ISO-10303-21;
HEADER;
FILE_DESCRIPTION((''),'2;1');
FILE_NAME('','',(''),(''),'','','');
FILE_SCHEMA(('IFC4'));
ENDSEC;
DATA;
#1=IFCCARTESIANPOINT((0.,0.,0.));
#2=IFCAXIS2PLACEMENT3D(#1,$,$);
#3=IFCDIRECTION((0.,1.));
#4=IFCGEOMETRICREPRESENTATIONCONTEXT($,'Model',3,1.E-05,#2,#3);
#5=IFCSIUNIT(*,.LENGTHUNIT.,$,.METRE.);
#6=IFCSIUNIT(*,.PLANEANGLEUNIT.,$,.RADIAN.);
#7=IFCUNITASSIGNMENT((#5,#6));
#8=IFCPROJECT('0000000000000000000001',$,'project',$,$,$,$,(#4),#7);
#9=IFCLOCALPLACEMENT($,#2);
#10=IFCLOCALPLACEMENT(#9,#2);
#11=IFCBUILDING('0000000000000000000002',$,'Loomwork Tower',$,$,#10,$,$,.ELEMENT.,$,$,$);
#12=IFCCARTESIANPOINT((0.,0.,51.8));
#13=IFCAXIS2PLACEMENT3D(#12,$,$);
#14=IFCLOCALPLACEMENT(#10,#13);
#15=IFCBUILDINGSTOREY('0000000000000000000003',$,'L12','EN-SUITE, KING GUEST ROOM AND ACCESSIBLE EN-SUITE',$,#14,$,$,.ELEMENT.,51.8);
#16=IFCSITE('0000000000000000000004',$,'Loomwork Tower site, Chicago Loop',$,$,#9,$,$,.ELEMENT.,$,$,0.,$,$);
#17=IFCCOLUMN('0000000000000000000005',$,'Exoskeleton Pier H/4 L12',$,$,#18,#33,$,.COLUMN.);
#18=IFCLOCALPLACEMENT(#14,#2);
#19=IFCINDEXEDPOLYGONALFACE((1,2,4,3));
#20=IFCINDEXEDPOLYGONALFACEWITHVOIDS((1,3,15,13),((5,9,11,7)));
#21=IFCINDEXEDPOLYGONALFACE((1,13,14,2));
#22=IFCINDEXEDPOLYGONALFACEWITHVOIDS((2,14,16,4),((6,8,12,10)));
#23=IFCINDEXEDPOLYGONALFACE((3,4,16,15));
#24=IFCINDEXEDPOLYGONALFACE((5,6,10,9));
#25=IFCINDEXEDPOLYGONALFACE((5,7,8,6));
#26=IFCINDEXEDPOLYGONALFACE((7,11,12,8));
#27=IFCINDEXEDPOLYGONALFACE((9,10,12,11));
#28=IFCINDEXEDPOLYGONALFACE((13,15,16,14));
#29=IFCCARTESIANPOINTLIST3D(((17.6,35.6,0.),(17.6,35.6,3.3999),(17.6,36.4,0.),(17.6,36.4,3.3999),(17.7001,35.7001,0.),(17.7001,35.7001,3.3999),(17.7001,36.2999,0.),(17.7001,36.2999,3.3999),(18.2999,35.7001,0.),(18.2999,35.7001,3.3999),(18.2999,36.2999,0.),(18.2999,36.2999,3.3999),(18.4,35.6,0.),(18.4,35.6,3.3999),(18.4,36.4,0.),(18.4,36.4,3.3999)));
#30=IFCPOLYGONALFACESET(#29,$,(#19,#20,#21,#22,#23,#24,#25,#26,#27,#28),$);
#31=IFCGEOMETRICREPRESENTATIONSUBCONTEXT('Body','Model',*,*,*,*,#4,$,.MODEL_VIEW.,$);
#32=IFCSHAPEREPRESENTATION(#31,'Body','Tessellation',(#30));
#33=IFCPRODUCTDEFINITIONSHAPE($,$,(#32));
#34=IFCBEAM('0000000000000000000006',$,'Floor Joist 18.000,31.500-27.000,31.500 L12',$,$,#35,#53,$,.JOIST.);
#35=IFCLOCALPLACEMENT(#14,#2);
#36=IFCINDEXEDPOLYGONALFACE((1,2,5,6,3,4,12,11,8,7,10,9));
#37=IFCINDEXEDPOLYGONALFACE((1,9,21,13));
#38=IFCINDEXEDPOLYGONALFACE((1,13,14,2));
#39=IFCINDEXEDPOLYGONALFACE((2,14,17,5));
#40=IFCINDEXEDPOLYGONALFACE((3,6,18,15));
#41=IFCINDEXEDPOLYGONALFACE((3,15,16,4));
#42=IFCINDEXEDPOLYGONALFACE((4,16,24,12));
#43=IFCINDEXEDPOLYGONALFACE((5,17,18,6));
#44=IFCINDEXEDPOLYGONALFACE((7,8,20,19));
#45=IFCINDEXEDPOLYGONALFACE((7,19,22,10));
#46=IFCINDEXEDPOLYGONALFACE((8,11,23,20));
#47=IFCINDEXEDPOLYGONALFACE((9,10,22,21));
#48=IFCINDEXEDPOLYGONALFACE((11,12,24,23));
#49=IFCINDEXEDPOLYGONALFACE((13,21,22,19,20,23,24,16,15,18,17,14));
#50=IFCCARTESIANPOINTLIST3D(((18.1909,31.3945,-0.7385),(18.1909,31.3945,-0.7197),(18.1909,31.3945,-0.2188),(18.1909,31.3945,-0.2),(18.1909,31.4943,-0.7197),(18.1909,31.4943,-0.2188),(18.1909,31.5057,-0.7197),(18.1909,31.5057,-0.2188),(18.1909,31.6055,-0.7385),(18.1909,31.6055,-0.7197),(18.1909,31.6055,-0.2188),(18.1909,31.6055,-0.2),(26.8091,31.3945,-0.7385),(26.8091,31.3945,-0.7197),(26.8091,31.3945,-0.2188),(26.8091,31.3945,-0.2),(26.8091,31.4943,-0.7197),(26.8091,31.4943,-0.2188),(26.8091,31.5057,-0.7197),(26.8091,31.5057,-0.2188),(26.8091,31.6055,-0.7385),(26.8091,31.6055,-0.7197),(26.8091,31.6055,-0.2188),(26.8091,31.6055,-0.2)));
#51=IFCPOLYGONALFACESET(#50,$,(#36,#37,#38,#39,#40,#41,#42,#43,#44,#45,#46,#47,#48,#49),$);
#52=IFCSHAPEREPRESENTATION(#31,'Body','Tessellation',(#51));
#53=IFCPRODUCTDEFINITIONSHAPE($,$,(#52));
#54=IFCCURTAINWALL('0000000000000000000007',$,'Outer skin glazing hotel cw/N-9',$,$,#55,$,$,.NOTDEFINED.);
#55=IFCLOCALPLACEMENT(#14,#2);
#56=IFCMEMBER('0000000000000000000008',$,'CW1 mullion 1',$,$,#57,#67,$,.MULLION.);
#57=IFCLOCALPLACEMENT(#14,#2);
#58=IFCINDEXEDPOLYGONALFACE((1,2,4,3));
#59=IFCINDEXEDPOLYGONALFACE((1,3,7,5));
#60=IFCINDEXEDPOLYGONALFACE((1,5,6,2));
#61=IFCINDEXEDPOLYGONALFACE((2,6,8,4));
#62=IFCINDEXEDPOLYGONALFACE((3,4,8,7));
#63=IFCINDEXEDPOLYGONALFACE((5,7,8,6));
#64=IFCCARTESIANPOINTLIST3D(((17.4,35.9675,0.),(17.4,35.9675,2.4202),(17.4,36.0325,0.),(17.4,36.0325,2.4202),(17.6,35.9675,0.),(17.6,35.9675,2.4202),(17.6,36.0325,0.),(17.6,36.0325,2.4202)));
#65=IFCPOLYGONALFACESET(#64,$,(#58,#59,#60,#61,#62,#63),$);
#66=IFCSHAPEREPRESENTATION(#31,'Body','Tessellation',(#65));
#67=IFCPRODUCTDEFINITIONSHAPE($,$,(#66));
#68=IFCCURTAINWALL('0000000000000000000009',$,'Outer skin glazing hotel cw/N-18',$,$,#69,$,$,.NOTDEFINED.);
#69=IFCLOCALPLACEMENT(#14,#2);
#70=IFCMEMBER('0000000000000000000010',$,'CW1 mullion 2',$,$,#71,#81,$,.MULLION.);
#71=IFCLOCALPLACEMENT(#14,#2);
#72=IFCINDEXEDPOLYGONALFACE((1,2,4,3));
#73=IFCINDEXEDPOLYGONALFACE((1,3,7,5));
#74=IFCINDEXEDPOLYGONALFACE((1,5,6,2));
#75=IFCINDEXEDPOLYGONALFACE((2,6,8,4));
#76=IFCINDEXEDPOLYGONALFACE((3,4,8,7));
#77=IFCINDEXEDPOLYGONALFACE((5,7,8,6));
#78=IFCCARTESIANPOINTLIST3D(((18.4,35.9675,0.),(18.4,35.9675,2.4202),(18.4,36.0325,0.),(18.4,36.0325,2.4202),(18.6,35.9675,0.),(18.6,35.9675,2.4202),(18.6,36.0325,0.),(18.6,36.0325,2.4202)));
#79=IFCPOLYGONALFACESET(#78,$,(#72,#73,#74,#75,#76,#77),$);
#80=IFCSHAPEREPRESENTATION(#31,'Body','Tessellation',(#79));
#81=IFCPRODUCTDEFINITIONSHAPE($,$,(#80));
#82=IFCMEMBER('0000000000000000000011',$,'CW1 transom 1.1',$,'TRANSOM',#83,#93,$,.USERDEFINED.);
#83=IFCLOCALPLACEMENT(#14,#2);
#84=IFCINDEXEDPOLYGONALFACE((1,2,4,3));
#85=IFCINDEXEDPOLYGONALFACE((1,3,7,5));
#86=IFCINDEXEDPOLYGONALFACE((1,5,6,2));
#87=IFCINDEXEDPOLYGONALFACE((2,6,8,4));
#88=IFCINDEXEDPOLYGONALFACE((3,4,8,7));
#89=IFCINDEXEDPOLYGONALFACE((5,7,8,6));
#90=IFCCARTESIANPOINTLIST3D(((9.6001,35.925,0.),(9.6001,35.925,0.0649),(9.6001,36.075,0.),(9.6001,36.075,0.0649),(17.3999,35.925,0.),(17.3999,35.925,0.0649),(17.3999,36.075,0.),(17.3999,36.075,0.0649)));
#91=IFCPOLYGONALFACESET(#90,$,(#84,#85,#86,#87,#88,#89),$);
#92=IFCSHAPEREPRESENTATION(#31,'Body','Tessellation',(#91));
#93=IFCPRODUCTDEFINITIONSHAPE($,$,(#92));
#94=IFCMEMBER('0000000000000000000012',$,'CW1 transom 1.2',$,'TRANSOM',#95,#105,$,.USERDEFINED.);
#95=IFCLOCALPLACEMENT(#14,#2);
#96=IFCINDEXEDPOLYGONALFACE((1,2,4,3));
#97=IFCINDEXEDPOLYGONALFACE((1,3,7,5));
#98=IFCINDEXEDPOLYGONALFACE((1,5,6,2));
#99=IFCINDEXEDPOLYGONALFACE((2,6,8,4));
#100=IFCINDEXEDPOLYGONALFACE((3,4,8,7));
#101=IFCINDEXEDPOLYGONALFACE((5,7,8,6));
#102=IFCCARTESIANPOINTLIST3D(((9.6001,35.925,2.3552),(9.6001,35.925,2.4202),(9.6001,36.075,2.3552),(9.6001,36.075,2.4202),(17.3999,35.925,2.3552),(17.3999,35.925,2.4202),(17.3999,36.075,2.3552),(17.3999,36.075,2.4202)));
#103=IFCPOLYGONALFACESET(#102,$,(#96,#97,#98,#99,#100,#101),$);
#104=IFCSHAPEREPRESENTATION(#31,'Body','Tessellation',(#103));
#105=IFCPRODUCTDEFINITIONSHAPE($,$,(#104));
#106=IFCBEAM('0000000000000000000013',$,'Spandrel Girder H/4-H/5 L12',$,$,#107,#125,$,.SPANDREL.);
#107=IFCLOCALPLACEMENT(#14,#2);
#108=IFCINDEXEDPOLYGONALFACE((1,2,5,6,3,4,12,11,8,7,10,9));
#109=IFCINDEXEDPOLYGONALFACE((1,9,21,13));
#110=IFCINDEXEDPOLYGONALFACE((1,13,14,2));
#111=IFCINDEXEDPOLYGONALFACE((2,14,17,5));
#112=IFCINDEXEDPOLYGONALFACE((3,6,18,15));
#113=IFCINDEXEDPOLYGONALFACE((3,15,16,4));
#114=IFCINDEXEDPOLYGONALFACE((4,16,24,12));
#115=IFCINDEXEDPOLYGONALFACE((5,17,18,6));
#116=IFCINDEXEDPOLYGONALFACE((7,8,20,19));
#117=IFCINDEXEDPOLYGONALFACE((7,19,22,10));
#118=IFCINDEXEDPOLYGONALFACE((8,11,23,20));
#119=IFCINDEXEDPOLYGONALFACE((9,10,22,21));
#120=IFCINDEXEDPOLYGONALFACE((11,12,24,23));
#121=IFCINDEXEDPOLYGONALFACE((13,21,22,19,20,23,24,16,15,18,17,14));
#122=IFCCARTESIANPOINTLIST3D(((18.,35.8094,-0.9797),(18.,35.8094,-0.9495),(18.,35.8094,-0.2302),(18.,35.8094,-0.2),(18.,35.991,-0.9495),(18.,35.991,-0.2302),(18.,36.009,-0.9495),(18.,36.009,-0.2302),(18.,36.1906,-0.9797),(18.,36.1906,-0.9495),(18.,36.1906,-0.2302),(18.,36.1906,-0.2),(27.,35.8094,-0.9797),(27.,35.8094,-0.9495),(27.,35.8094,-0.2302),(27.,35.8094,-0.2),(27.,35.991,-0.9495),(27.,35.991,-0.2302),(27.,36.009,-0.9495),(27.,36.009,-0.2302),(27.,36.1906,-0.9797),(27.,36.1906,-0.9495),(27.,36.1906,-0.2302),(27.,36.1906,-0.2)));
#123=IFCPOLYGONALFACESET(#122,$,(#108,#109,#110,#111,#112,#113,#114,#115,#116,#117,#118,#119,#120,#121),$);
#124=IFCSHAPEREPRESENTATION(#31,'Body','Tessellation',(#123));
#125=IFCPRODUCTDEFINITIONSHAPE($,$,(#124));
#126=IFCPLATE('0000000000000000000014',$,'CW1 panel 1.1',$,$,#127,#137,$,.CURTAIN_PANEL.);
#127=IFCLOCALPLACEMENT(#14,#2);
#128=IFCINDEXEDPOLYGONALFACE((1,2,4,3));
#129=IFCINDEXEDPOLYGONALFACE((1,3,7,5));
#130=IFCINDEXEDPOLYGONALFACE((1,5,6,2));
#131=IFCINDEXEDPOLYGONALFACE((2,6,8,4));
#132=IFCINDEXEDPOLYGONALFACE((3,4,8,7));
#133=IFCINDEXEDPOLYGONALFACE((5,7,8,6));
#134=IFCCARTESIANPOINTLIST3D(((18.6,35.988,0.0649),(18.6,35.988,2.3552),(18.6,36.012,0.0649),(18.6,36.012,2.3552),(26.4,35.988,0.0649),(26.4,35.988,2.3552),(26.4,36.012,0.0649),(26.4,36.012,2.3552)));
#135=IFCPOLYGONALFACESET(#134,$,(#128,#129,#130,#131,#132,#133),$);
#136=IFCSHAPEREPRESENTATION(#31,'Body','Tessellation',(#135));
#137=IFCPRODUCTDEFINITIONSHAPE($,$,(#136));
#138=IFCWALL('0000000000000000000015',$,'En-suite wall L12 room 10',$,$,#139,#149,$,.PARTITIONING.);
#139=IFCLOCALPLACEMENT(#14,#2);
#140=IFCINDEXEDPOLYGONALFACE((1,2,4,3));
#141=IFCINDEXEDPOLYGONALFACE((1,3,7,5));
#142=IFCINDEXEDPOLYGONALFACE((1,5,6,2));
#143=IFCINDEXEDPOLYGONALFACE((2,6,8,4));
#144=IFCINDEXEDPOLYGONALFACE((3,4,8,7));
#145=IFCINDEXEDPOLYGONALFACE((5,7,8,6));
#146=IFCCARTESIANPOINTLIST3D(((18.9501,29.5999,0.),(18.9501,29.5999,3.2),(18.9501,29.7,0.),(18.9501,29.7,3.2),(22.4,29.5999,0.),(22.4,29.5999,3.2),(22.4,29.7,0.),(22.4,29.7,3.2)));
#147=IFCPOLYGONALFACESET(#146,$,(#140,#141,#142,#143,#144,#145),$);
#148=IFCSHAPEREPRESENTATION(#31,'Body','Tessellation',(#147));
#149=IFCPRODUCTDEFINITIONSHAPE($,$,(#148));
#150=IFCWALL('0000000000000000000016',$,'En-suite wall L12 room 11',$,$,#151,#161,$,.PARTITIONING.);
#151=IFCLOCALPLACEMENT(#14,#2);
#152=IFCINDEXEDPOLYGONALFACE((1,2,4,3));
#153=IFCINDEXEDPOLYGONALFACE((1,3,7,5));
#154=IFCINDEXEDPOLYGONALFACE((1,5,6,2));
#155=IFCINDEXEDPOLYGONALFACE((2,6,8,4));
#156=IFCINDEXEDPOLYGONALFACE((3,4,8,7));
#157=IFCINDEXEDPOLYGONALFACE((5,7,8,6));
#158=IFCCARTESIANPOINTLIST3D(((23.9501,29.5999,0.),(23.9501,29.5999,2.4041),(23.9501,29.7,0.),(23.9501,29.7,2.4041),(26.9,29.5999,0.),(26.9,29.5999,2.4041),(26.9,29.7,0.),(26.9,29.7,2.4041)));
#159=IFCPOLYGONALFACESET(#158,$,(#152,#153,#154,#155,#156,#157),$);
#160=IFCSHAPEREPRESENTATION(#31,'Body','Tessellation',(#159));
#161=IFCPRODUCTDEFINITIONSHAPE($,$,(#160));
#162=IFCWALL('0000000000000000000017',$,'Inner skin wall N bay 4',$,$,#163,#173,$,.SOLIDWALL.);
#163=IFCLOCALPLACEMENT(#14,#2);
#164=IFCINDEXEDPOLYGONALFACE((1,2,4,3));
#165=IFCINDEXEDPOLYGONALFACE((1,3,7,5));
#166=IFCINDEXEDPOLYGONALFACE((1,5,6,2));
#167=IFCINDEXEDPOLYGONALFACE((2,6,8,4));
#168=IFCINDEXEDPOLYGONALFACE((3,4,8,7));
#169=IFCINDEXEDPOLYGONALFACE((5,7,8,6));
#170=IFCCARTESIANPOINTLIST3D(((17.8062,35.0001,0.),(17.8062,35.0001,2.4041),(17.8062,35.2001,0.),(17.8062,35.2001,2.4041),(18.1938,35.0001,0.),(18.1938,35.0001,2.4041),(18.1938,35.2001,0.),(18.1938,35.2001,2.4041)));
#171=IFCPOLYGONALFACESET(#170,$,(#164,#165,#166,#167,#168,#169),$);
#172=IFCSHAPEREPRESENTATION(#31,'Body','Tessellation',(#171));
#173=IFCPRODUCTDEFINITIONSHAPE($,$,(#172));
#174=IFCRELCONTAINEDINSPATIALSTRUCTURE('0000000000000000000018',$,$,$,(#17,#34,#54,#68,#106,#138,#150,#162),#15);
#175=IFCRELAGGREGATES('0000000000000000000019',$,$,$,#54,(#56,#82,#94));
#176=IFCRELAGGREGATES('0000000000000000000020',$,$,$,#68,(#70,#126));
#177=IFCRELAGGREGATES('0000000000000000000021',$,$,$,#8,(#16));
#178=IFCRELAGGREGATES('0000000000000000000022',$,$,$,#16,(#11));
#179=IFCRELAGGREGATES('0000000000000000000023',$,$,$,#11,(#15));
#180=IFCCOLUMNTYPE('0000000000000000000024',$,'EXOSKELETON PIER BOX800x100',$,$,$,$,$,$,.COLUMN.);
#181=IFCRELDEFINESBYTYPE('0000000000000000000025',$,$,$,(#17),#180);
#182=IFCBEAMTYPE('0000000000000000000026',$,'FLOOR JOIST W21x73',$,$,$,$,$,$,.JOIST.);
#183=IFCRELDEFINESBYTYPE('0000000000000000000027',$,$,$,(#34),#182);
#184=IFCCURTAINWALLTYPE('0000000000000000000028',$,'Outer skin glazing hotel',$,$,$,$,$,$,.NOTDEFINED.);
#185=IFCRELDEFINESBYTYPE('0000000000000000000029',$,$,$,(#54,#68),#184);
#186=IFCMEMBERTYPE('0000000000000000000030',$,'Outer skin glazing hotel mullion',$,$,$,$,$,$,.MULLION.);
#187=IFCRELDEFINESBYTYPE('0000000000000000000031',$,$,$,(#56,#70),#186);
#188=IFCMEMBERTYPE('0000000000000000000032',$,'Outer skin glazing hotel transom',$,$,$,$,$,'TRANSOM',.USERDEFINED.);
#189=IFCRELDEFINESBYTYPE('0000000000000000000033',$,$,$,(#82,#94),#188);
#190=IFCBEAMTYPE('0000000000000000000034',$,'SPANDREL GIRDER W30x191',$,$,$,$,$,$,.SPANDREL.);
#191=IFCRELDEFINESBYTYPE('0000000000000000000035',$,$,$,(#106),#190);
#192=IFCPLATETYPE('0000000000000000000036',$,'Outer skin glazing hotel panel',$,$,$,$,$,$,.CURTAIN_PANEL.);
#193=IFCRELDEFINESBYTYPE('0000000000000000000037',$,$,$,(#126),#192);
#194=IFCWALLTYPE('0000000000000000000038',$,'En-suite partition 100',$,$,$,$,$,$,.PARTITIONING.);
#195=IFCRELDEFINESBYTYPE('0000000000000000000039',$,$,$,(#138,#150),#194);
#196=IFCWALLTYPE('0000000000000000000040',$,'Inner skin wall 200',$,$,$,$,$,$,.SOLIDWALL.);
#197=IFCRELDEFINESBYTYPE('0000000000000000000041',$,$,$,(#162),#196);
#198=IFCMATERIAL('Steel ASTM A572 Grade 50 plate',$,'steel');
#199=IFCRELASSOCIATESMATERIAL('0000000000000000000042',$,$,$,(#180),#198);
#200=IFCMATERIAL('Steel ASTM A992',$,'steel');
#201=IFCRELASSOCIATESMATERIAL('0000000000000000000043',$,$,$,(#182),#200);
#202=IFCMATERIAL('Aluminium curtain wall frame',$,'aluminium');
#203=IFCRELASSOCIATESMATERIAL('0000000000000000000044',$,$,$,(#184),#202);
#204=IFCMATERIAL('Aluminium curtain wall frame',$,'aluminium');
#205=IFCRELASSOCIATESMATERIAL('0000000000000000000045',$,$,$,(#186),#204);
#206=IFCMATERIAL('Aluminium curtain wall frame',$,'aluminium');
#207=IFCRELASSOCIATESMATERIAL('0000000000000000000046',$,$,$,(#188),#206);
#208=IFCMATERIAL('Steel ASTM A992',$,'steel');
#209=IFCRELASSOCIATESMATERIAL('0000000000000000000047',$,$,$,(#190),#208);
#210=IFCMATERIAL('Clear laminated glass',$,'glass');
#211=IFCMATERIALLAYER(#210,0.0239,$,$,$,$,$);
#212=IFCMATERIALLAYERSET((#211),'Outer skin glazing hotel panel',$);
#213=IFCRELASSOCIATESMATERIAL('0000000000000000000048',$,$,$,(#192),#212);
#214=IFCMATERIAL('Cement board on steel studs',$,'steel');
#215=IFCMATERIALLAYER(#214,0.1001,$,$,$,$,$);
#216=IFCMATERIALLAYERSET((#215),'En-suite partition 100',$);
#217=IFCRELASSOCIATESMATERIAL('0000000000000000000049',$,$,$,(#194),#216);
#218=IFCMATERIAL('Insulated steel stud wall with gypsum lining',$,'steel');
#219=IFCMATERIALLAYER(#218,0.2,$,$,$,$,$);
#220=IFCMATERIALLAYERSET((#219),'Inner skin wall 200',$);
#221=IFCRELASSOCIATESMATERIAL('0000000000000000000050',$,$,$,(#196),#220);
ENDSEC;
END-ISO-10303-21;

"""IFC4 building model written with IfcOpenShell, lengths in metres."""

from ifc_helpers import new_model, si_unit, direction, frame, frame_2d, origin, origin_2d, place, context, subcontext, project, spatial, rectangle, hollow_rectangle, i_section, extrude, material, layer, layer_set, material_profile, profile_set, type_object, element, aggregate, save


model = new_model("IFC4")

# Units and contexts
model_context = context("Model", 3, precision=1e-05, world=origin(), true_north=direction((0.0, 1.0)))
body_context = subcontext(model_context, "Body", "Model", "MODEL_VIEW")
ifc_project = project(units=[si_unit("LENGTHUNIT", "METRE"), si_unit("PLANEANGLEUNIT", "RADIAN")], contexts=[model_context])

# Site, building, storey
site_placement = place(None, origin())
site = spatial("IfcSite", under=ifc_project, at=site_placement, Name="Loomwork Tower site, Chicago Loop", CompositionType="ELEMENT", RefElevation=0.0)
building_placement = place(site_placement, origin())
building = spatial("IfcBuilding", under=site, at=building_placement, Name="Loomwork Tower", CompositionType="ELEMENT")
storey_placement = place(building_placement, frame((0.0, 0.0, 51.8)))
storey = spatial("IfcBuildingStorey", under=building, at=storey_placement, Name="L12", Description="EN-SUITE, KING GUEST ROOM AND ACCESSIBLE EN-SUITE", CompositionType="ELEMENT", Elevation=51.8)

# Column
ifc_material_1 = material(Name="Steel ASTM A572 Grade 50 plate", Category="steel")
ifc_material_profile_1 = material_profile(ifc_material_1, hollow_rectangle(XDim=0.8, YDim=0.8, WallThickness=0.1001, at=origin_2d()), Name="BOX800x100")
ifc_profile_set_1 = profile_set([ifc_material_profile_1], Name="Steel ASTM A572 Grade 50 plate")
column_type = type_object("IfcColumnType", Name="EXOSKELETON PIER BOX800x100", PredefinedType="COLUMN", material=ifc_profile_set_1)
column_placement = place(storey_placement, frame((18.0, 36.0, 0.0), z_axis=(0.0, 0.0, 1.0), x_axis=(1.0, 0.0, 0.0)))
element("IfcColumn", 1, at=column_placement, inside=storey, type_object=column_type, Name="Exoskeleton Pier H/4 L12", PredefinedType="COLUMN", context=body_context, shape_type="SweptSolid", body=[
    extrude(hollow_rectangle(XDim=0.8, YDim=0.8, WallThickness=0.1001, at=origin_2d()), origin(), (0.0, 0.0, 1.0), 3.3999),
])

# Beam
ifc_material_2 = material(Name="Steel ASTM A992", Category="steel")
ifc_material_profile_2 = material_profile(ifc_material_2, i_section(OverallWidth=0.2109, OverallDepth=0.5386, WebThickness=0.0115, FlangeThickness=0.0188, at=origin_2d()), Name="W21x73")
ifc_profile_set_2 = profile_set([ifc_material_profile_2], Name="Steel ASTM A992")
beam_type_1 = type_object("IfcBeamType", Name="FLOOR JOIST W21x73", PredefinedType="JOIST", material=ifc_profile_set_2)
beam_1_placement = place(storey_placement, frame((18.1909, 31.5, -0.4692), z_axis=(1.0, 0.0, 0.0), x_axis=(0.0, 1.0, 0.0)))
element("IfcBeam", 2, at=beam_1_placement, inside=storey, type_object=beam_type_1, Name="Floor Joist 18.000,31.500-27.000,31.500 L12", PredefinedType="JOIST", context=body_context, shape_type="SweptSolid", body=[
    extrude(i_section(OverallWidth=0.2109, OverallDepth=0.5386, WebThickness=0.0115, FlangeThickness=0.0188, at=origin_2d()), origin(), (0.0, 0.0, 1.0), 8.6182),
])

# Curtain walls, members
ifc_material_3 = material(Name="Aluminium curtain wall frame", Category="aluminium")
curtain_wall_type = type_object("IfcCurtainWallType", Name="Outer skin glazing hotel", PredefinedType="NOTDEFINED", material=ifc_material_3)
curtain_wall_1_placement = place(storey_placement, origin())
curtain_wall_1 = element("IfcCurtainWall", 3, at=curtain_wall_1_placement, inside=storey, type_object=curtain_wall_type, Name="Outer skin glazing hotel cw/N-9", PredefinedType="NOTDEFINED")
ifc_material_4 = material(Name="Aluminium curtain wall frame", Category="aluminium")
ifc_material_profile_3 = material_profile(ifc_material_4, rectangle(XDim=0.0649, YDim=0.2, at=origin_2d()), Name="AL 65x200")
ifc_profile_set_3 = profile_set([ifc_material_profile_3], Name="Aluminium curtain wall frame")
member_type_1 = type_object("IfcMemberType", Name="Outer skin glazing hotel mullion", PredefinedType="MULLION", material=ifc_profile_set_3)
member_1_placement = place(storey_placement, frame((17.5, 36.0, 0.0), z_axis=(0.0, 0.0, 1.0), x_axis=(0.0, -1.0, 0.0)))
member_1 = element("IfcMember", 4, at=member_1_placement, type_object=member_type_1, Name="CW1 mullion 1", PredefinedType="MULLION", context=body_context, shape_type="SweptSolid", body=[
    extrude(rectangle(XDim=0.0649, YDim=0.2, at=origin_2d()), origin(), (0.0, 0.0, 1.0), 2.4202),
])
curtain_wall_2_placement = place(storey_placement, origin())
curtain_wall_2 = element("IfcCurtainWall", 5, at=curtain_wall_2_placement, inside=storey, type_object=curtain_wall_type, Name="Outer skin glazing hotel cw/N-18", PredefinedType="NOTDEFINED")
member_2_placement = place(storey_placement, frame((18.5, 36.0, 0.0), z_axis=(0.0, 0.0, 1.0), x_axis=(0.0, -1.0, 0.0)))
member_2 = element("IfcMember", 6, at=member_2_placement, type_object=member_type_1, Name="CW1 mullion 2", PredefinedType="MULLION", context=body_context, shape_type="SweptSolid", body=[
    extrude(rectangle(XDim=0.0649, YDim=0.2, at=origin_2d()), origin(), (0.0, 0.0, 1.0), 2.4202),
])

# Members
ifc_material_5 = material(Name="Aluminium curtain wall frame", Category="aluminium")
ifc_material_profile_4 = material_profile(ifc_material_5, rectangle(XDim=0.1499, YDim=0.0649, at=origin_2d()), Name="AL 65x150")
ifc_profile_set_4 = profile_set([ifc_material_profile_4], Name="Aluminium curtain wall frame")
member_type_2 = type_object("IfcMemberType", Name="Outer skin glazing hotel transom", ElementType="TRANSOM", PredefinedType="USERDEFINED", material=ifc_profile_set_4)
member_3_placement = place(storey_placement, frame((17.3999, 36.0, 0.0325), z_axis=(-1.0, 0.0, 0.0), x_axis=(0.0, -1.0, 0.0)))
member_3 = element("IfcMember", 7, at=member_3_placement, type_object=member_type_2, Name="CW1 transom 1.1", ObjectType="TRANSOM", PredefinedType="USERDEFINED", context=body_context, shape_type="SweptSolid", body=[
    extrude(rectangle(XDim=0.1499, YDim=0.0649, at=origin_2d()), origin(), (0.0, 0.0, 1.0), 7.7998),
])
member_4_placement = place(storey_placement, frame((17.3999, 36.0, 2.3877), z_axis=(-1.0, 0.0, 0.0), x_axis=(0.0, -1.0, 0.0)))
member_4 = element("IfcMember", 8, at=member_4_placement, type_object=member_type_2, Name="CW1 transom 1.2", ObjectType="TRANSOM", PredefinedType="USERDEFINED", context=body_context, shape_type="SweptSolid", body=[
    extrude(rectangle(XDim=0.1499, YDim=0.0649, at=origin_2d()), origin(), (0.0, 0.0, 1.0), 7.7998),
])
aggregate(curtain_wall_1, [member_1, member_3, member_4])

# Beam
ifc_material_6 = material(Name="Steel ASTM A992", Category="steel")
ifc_material_profile_5 = material_profile(ifc_material_6, i_section(OverallWidth=0.3811, OverallDepth=0.7798, WebThickness=0.0181, FlangeThickness=0.0303, at=origin_2d()), Name="W30x191")
ifc_profile_set_5 = profile_set([ifc_material_profile_5], Name="Steel ASTM A992")
beam_type_2 = type_object("IfcBeamType", Name="SPANDREL GIRDER W30x191", PredefinedType="SPANDREL", material=ifc_profile_set_5)
beam_2_placement = place(storey_placement, frame((18.0, 36.0, -0.5898), z_axis=(1.0, 0.0, 0.0), x_axis=(0.0, 1.0, 0.0)))
element("IfcBeam", 9, at=beam_2_placement, inside=storey, type_object=beam_type_2, Name="Spandrel Girder H/4-H/5 L12", PredefinedType="SPANDREL", context=body_context, shape_type="SweptSolid", body=[
    extrude(i_section(OverallWidth=0.3811, OverallDepth=0.7798, WebThickness=0.0181, FlangeThickness=0.0303, at=origin_2d()), origin(), (0.0, 0.0, 1.0), 9.0),
])

# Plate
ifc_material_7 = material(Name="Clear laminated glass", Category="glass")
ifc_layer_1 = layer(ifc_material_7, 0.0239)
ifc_layer_set_1 = layer_set([ifc_layer_1], Name="Outer skin glazing hotel panel")
plate_type = type_object("IfcPlateType", Name="Outer skin glazing hotel panel", PredefinedType="CURTAIN_PANEL", material=ifc_layer_set_1)
plate_placement = place(storey_placement, frame((22.5, 36.0, 0.0649), z_axis=(0.0, 0.0, 1.0), x_axis=(-1.0, 0.0, 0.0)))
plate = element("IfcPlate", 10, at=plate_placement, type_object=plate_type, Name="CW1 panel 1.1", PredefinedType="CURTAIN_PANEL", context=body_context, shape_type="SweptSolid", body=[
    extrude(rectangle(XDim=7.8, YDim=0.0239, at=origin_2d()), origin(), (0.0, 0.0, 1.0), 2.2903),
])
aggregate(curtain_wall_2, [member_2, plate])

# Walls
ifc_material_8 = material(Name="Cement board on steel studs", Category="steel")
ifc_layer_2 = layer(ifc_material_8, 0.1001)
ifc_layer_set_2 = layer_set([ifc_layer_2], Name="En-suite partition 100")
wall_type_1 = type_object("IfcWallType", Name="En-suite partition 100", PredefinedType="PARTITIONING", material=ifc_layer_set_2)
wall_1_placement = place(storey_placement, frame((18.95, 29.6499, 0.0), z_axis=(0.0, 0.0, 1.0), x_axis=(1.0, 0.0, 0.0)))
element("IfcWall", 11, at=wall_1_placement, inside=storey, type_object=wall_type_1, Name="En-suite wall L12 room 10", PredefinedType="PARTITIONING", context=body_context, shape_type="SweptSolid", body=[
    extrude(rectangle(XDim=3.45, YDim=0.1001, at=frame_2d((1.7251, 0.0))), origin(), (0.0, 0.0, 1.0), 3.2),
])
wall_2_placement = place(storey_placement, frame((23.95, 29.6499, 0.0), z_axis=(0.0, 0.0, 1.0), x_axis=(1.0, 0.0, 0.0)))
element("IfcWall", 12, at=wall_2_placement, inside=storey, type_object=wall_type_1, Name="En-suite wall L12 room 11", PredefinedType="PARTITIONING", context=body_context, shape_type="SweptSolid", body=[
    extrude(rectangle(XDim=2.95, YDim=0.1001, at=frame_2d((1.4751, 0.0))), origin(), (0.0, 0.0, 1.0), 2.4041),
])
ifc_material_9 = material(Name="Insulated steel stud wall with gypsum lining", Category="steel")
ifc_layer_3 = layer(ifc_material_9, 0.2)
ifc_layer_set_3 = layer_set([ifc_layer_3], Name="Inner skin wall 200")
wall_type_2 = type_object("IfcWallType", Name="Inner skin wall 200", PredefinedType="SOLIDWALL", material=ifc_layer_set_3)
wall_3_placement = place(storey_placement, frame((17.8062, 35.1001, 0.0), z_axis=(0.0, 0.0, 1.0), x_axis=(1.0, 0.0, 0.0)))
element("IfcWall", 13, at=wall_3_placement, inside=storey, type_object=wall_type_2, Name="Inner skin wall N bay 4", PredefinedType="SOLIDWALL", context=body_context, shape_type="SweptSolid", body=[
    extrude(rectangle(XDim=0.3877, YDim=0.2, at=frame_2d((0.1938, 0.0))), origin(), (0.0, 0.0, 1.0), 2.4041),
])

save(model, "model.ifc")
